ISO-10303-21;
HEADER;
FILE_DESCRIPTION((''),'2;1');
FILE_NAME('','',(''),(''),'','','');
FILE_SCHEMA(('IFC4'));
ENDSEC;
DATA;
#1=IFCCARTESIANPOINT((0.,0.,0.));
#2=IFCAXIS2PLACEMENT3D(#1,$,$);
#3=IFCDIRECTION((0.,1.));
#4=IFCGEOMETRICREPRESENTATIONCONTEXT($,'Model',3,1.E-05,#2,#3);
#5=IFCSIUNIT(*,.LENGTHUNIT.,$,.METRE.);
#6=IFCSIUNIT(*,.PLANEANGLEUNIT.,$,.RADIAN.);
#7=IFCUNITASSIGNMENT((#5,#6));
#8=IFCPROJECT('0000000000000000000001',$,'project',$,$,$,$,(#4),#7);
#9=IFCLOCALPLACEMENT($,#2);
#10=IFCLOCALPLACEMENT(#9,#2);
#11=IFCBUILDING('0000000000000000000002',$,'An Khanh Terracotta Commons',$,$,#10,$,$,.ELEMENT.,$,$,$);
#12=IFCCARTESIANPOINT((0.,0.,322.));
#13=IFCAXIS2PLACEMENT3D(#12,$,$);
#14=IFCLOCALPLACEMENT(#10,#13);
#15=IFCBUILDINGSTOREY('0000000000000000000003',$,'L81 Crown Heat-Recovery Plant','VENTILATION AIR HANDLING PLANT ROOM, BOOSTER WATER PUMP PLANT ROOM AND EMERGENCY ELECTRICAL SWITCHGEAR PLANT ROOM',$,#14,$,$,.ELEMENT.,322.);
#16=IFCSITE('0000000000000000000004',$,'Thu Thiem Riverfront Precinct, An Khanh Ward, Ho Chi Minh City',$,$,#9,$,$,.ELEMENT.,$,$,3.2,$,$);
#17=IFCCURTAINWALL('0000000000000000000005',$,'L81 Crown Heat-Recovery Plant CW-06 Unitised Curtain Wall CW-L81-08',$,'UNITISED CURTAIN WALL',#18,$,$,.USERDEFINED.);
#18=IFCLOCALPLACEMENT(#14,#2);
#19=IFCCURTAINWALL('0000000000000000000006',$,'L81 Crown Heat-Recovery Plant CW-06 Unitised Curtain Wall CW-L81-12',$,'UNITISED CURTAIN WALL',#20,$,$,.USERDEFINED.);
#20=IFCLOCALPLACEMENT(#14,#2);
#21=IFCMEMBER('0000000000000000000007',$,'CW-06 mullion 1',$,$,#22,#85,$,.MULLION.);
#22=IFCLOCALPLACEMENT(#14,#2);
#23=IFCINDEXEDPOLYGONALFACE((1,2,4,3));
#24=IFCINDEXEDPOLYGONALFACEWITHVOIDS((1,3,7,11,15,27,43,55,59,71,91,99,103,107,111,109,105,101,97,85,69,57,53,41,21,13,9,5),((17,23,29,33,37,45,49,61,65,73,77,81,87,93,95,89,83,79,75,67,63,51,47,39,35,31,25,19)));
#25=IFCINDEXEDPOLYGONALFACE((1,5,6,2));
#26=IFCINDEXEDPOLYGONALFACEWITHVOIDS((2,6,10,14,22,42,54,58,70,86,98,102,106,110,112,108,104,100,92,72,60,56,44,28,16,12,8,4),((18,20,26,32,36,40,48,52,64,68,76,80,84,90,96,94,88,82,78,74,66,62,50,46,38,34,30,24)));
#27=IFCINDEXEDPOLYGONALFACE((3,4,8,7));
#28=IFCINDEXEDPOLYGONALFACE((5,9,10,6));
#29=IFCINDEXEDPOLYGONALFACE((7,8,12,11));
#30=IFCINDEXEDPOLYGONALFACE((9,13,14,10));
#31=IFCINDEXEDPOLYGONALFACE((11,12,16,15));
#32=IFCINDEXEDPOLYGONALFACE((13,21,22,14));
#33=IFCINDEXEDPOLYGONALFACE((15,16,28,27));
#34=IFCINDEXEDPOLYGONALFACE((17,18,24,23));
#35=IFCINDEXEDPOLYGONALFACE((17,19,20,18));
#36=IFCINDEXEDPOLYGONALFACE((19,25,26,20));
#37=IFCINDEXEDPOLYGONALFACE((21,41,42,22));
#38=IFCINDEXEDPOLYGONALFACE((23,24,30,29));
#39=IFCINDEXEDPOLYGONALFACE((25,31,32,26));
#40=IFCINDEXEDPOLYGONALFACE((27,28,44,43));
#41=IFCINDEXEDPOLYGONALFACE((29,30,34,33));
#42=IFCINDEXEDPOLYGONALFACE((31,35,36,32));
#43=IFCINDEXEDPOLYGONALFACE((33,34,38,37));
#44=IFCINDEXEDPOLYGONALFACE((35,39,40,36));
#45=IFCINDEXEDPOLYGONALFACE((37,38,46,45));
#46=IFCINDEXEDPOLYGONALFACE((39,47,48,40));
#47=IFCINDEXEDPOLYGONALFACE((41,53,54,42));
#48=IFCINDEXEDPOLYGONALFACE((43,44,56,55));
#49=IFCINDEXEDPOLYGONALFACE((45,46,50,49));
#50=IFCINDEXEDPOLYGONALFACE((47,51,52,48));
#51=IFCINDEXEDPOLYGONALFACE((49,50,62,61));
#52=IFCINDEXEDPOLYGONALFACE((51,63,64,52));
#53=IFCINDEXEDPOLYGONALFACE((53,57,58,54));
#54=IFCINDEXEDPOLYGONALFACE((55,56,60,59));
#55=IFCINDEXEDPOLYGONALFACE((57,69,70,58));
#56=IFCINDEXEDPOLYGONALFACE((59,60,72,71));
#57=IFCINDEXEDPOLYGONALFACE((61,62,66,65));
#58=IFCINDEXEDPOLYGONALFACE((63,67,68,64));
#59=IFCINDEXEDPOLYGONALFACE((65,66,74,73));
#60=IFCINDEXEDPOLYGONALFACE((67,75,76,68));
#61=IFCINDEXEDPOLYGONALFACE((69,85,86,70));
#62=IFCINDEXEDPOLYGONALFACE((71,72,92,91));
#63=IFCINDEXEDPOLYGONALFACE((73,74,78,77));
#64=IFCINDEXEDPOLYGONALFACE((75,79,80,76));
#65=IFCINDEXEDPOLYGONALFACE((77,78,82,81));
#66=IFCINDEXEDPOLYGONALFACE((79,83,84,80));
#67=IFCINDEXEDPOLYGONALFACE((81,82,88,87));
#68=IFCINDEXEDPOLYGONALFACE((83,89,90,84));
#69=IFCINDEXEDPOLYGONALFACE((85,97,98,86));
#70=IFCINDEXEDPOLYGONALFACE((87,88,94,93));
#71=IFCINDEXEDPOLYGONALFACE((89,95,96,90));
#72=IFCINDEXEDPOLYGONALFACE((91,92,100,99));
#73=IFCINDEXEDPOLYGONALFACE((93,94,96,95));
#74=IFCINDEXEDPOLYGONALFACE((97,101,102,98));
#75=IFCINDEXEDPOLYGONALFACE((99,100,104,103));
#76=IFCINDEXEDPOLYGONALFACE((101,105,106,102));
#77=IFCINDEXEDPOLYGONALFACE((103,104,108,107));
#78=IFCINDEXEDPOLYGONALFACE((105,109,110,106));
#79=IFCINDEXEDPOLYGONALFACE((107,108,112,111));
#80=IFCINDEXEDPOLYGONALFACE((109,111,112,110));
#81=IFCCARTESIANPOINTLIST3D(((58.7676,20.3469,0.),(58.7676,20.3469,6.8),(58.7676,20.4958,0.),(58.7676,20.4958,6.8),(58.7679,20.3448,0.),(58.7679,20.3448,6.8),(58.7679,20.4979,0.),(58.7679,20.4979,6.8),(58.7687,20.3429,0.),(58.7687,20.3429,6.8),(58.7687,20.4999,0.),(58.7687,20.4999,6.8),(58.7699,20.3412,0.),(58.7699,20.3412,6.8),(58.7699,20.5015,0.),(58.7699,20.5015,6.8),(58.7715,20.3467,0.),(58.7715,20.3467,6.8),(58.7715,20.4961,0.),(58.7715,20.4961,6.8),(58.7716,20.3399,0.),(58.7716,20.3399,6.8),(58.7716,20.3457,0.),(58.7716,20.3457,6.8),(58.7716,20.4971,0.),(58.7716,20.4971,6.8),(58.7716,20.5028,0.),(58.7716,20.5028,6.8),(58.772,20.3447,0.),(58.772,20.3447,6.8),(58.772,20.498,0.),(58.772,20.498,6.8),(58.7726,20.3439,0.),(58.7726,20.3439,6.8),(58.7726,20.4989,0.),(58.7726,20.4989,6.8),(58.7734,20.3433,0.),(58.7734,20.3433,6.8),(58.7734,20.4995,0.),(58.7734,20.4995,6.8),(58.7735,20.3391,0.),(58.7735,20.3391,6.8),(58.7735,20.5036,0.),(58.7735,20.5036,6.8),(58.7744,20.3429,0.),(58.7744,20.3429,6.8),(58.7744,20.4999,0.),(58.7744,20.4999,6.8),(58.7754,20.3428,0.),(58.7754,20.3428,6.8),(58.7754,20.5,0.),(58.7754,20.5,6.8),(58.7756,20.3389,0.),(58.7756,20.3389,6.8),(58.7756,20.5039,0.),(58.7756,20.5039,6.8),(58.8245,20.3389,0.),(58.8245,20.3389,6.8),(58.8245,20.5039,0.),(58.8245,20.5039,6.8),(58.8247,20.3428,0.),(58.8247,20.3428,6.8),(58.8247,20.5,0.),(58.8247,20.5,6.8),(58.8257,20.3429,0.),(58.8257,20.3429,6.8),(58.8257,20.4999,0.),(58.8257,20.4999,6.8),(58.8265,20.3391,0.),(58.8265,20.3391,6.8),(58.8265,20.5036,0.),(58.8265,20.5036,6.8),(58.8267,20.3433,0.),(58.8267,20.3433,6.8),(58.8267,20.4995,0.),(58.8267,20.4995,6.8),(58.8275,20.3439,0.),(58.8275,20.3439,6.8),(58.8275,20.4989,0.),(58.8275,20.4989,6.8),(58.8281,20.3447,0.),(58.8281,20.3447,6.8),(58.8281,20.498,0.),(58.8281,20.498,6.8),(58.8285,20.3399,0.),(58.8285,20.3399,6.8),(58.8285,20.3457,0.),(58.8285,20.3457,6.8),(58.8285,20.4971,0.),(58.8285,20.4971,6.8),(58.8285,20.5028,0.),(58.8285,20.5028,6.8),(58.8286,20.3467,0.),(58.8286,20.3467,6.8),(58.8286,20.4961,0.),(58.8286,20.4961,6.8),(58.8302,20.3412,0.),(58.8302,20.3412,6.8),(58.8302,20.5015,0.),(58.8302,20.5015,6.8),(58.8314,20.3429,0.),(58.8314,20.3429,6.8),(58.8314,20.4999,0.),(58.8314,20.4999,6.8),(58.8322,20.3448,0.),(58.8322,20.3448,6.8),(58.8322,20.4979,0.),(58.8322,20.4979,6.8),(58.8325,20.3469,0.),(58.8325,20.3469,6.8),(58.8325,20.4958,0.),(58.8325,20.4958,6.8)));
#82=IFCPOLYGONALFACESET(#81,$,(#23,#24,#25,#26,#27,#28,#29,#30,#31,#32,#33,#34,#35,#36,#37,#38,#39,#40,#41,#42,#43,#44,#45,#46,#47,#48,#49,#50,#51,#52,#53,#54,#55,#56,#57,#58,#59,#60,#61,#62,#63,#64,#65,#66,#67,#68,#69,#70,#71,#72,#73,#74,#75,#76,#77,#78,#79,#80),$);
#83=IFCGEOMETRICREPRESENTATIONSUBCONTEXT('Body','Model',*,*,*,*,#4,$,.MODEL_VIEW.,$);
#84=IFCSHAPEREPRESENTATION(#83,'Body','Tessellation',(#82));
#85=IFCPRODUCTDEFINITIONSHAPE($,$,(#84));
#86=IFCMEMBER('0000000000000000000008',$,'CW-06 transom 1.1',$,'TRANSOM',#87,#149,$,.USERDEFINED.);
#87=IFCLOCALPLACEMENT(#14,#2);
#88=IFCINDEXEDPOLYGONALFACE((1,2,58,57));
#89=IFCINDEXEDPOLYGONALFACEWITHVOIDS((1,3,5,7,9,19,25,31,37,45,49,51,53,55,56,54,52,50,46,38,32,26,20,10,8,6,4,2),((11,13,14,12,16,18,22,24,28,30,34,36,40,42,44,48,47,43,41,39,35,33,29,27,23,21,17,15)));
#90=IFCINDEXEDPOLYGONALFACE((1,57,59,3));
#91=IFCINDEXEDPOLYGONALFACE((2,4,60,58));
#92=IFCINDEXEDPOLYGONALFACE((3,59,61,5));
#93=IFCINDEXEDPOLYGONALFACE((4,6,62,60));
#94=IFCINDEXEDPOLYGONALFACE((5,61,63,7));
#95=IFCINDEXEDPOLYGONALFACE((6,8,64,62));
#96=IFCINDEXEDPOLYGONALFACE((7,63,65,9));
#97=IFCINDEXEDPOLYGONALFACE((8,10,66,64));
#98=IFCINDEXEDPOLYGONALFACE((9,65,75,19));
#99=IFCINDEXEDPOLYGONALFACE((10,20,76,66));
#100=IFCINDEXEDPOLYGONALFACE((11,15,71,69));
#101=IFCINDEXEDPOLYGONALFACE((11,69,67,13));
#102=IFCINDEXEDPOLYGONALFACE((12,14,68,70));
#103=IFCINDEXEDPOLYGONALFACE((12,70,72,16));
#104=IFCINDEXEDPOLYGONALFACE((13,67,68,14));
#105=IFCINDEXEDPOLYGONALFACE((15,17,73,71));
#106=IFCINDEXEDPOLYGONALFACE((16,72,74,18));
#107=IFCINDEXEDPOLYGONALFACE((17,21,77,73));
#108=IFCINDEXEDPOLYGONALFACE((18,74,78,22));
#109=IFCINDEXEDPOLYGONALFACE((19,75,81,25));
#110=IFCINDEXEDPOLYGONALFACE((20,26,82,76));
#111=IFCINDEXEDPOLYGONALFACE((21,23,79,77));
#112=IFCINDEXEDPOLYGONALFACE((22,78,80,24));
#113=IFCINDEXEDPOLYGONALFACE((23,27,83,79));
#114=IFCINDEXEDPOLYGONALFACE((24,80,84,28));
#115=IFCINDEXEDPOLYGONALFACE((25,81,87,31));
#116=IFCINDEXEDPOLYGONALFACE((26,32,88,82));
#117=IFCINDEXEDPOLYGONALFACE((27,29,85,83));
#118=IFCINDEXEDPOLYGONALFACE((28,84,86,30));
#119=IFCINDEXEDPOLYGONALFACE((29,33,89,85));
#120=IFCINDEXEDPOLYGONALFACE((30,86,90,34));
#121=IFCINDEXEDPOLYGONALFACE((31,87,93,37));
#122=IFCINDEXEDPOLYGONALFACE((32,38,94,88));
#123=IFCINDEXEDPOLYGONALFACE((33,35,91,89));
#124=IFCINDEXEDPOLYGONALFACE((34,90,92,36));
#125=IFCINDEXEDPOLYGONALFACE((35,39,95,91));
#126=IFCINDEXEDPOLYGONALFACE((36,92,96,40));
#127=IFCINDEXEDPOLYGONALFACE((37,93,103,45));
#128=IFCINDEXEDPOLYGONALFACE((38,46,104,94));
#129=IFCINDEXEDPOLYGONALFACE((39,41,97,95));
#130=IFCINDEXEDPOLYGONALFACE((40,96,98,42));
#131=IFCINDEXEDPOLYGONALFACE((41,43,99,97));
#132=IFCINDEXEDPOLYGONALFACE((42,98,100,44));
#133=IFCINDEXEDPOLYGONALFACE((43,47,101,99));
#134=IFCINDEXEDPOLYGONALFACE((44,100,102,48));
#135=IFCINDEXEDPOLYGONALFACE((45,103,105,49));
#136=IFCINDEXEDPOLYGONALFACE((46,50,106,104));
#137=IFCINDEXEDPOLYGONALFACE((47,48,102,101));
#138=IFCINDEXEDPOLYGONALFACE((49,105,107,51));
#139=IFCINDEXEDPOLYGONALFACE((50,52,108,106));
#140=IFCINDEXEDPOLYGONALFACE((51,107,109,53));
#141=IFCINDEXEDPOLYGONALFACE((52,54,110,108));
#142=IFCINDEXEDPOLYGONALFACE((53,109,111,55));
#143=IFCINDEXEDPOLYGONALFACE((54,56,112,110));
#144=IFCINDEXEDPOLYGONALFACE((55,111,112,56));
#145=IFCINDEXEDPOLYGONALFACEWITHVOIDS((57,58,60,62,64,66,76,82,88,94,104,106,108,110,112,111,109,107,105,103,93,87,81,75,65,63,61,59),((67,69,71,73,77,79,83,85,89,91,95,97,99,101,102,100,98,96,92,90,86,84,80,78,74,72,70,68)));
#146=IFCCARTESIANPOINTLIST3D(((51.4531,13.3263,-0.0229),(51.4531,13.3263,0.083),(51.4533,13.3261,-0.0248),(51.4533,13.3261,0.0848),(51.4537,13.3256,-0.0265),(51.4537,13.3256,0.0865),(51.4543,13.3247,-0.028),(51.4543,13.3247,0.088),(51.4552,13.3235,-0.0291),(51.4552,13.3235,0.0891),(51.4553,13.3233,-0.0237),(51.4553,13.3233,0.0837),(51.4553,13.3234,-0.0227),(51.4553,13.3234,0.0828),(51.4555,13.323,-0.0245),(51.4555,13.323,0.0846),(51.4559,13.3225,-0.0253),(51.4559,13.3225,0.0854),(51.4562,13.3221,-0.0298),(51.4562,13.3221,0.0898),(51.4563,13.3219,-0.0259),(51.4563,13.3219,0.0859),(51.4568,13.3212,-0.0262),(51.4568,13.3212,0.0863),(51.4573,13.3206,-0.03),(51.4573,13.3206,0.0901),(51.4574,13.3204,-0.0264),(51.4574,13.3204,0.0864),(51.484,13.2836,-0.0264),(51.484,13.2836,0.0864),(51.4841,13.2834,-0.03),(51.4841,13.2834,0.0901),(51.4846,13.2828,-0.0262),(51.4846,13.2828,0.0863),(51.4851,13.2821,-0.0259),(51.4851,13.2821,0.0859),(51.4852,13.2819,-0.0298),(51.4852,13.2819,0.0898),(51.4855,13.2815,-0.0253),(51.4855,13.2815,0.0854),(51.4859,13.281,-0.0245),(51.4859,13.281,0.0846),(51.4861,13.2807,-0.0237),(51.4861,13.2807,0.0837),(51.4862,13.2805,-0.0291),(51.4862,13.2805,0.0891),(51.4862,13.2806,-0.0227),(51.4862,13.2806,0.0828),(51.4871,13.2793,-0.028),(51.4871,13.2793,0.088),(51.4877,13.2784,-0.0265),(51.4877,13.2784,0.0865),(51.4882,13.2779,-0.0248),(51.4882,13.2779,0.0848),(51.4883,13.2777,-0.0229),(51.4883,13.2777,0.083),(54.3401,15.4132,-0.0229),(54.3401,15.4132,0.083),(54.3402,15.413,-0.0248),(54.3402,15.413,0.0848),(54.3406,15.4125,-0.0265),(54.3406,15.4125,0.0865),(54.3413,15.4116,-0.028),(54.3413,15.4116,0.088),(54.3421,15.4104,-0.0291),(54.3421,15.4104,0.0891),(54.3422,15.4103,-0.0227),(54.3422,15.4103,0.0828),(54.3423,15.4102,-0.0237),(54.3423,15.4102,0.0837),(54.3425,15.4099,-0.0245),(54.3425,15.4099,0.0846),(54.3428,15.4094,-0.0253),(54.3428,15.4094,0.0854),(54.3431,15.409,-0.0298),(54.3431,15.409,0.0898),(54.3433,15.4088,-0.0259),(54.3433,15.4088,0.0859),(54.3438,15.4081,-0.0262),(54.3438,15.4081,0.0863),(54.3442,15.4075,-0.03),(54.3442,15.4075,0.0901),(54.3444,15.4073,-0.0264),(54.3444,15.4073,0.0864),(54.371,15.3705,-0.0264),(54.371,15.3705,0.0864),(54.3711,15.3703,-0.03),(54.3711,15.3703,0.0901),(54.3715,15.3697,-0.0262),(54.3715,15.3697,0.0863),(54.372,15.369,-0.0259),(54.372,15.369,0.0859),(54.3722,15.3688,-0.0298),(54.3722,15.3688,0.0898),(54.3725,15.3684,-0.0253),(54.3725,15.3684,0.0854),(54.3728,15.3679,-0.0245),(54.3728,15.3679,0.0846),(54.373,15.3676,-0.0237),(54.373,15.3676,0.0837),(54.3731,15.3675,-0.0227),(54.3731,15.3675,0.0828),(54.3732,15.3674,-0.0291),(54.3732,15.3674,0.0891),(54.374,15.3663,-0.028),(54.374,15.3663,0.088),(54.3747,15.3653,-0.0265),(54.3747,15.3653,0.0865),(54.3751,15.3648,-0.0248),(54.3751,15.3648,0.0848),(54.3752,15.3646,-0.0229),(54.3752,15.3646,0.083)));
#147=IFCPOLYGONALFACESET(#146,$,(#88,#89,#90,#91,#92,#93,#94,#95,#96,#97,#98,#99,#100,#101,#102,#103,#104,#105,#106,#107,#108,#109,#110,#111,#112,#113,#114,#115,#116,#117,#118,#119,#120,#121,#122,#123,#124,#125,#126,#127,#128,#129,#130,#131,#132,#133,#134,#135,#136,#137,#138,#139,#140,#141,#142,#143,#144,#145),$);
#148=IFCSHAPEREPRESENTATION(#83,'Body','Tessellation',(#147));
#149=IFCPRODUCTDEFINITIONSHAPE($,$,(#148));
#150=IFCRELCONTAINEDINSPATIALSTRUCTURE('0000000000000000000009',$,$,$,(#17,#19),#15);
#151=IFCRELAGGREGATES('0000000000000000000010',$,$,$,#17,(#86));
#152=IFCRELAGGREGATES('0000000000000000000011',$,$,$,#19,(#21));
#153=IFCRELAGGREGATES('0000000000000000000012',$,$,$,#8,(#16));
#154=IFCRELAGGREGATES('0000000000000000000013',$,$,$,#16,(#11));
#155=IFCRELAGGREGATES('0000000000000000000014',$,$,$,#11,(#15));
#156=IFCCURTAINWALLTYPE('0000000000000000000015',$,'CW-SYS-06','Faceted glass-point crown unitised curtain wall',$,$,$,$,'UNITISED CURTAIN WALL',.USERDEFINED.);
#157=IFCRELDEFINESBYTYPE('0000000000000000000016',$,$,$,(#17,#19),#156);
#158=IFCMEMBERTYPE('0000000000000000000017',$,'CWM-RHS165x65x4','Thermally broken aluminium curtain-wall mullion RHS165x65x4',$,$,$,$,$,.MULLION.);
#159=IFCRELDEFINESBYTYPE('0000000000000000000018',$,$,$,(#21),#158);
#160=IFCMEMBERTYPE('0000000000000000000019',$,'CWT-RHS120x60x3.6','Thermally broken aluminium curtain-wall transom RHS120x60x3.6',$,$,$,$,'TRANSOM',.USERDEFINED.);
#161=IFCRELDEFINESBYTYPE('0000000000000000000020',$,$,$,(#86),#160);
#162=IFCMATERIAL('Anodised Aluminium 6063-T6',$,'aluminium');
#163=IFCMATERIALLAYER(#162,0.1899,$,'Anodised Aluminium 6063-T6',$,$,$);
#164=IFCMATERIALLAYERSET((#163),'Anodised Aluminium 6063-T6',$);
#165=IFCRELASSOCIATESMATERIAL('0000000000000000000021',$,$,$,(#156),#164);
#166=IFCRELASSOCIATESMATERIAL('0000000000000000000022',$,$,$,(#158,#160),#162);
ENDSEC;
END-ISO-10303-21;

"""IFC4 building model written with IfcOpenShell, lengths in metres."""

from ifc_helpers import new_model, si_unit, direction, frame, origin, origin_2d, place, context, subcontext, project, spatial, hollow_rectangle, extrude, material, layer, layer_set, material_profile, profile_set, type_object, element, aggregate, save


model = new_model("IFC4")

# Units and contexts
model_context = context("Model", 3, precision=1e-05, world=origin(), true_north=direction((0.0, 1.0)))
body_context = subcontext(model_context, "Body", "Model", "MODEL_VIEW")
ifc_project = project(units=[si_unit("LENGTHUNIT", "METRE"), si_unit("PLANEANGLEUNIT", "RADIAN")], contexts=[model_context])

# Site, building, storey
site_placement = place(None, origin())
site = spatial("IfcSite", under=ifc_project, at=site_placement, Name="Thu Thiem Riverfront Precinct, An Khanh Ward, Ho Chi Minh City", CompositionType="ELEMENT", RefElevation=3.2)
building_placement = place(site_placement, origin())
building = spatial("IfcBuilding", under=site, at=building_placement, Name="An Khanh Terracotta Commons", CompositionType="ELEMENT")
storey_placement = place(building_placement, frame((0.0, 0.0, 322.0)))
storey = spatial("IfcBuildingStorey", under=building, at=storey_placement, Name="L81 Crown Heat-Recovery Plant", Description="VENTILATION AIR HANDLING PLANT ROOM, BOOSTER WATER PUMP PLANT ROOM AND EMERGENCY ELECTRICAL SWITCHGEAR PLANT ROOM", CompositionType="ELEMENT", Elevation=322.0)

# Shared definitions
ifc_material_1 = material(Name="Anodised Aluminium 6063-T6", Category="aluminium")
ifc_layer_1 = layer(ifc_material_1, 0.1899, Name="Anodised Aluminium 6063-T6")
ifc_layer_set_1 = layer_set([ifc_layer_1], Name="Anodised Aluminium 6063-T6")
curtain_wall_type = type_object("IfcCurtainWallType", Name="CW-SYS-06", Description="Faceted glass-point crown unitised curtain wall", ElementType="UNITISED CURTAIN WALL", PredefinedType="USERDEFINED", material=ifc_layer_set_1)
ifc_material_profile_1 = material_profile(ifc_material_1, hollow_rectangle(XDim=0.0649, YDim=0.165, WallThickness=0.0039, InnerFilletRadius=0.0039, OuterFilletRadius=0.0081, at=origin_2d()), Name="RHS165x65x4")
ifc_profile_set_1 = profile_set([ifc_material_profile_1], Name="Anodised Aluminium 6063-T6")
member_type_1 = type_object("IfcMemberType", Name="CWM-RHS165x65x4", Description="Thermally broken aluminium curtain-wall mullion RHS165x65x4", PredefinedType="MULLION", material=ifc_profile_set_1)

# Curtain wall
curtain_wall_1_placement = place(storey_placement, origin())
curtain_wall_1 = element("IfcCurtainWall", 1, at=curtain_wall_1_placement, inside=storey, type_object=curtain_wall_type, Name="L81 Crown Heat-Recovery Plant CW-06 Unitised Curtain Wall CW-L81-08", ObjectType="UNITISED CURTAIN WALL", PredefinedType="USERDEFINED")

# Curtain wall, member
curtain_wall_2_placement = place(storey_placement, origin())
curtain_wall_2 = element("IfcCurtainWall", 2, at=curtain_wall_2_placement, inside=storey, type_object=curtain_wall_type, Name="L81 Crown Heat-Recovery Plant CW-06 Unitised Curtain Wall CW-L81-12", ObjectType="UNITISED CURTAIN WALL", PredefinedType="USERDEFINED")
member_1_placement = place(storey_placement, frame((58.8, 20.4214, 0.0), z_axis=(0.0, 0.0, 1.0), x_axis=(-1.0, 0.0, 0.0)))
member_1 = element("IfcMember", 3, at=member_1_placement, type_object=member_type_1, Name="CW-06 mullion 1", PredefinedType="MULLION", context=body_context, shape_type="SweptSolid", body=[
    extrude(hollow_rectangle(XDim=0.0649, YDim=0.165, WallThickness=0.0039, InnerFilletRadius=0.0039, OuterFilletRadius=0.0081, at=origin_2d()), origin(), (0.0, 0.0, 1.0), 6.8),
])

# Member
ifc_material_profile_2 = material_profile(ifc_material_1, hollow_rectangle(XDim=0.0601, YDim=0.1201, WallThickness=0.0037, InnerFilletRadius=0.0037, OuterFilletRadius=0.0071, at=origin_2d()), Name="RHS120x60x3.6")
ifc_profile_set_2 = profile_set([ifc_material_profile_2], Name="Anodised Aluminium 6063-T6")
member_type_2 = type_object("IfcMemberType", Name="CWT-RHS120x60x3.6", Description="Thermally broken aluminium curtain-wall transom RHS120x60x3.6", ElementType="TRANSOM", PredefinedType="USERDEFINED", material=ifc_profile_set_2)
member_2_placement = place(storey_placement, frame((51.4707, 13.302, 0.03), z_axis=(0.810428, 0.585838, 0.0), x_axis=(-0.585838, 0.810428, 0.0)))
member_2 = element("IfcMember", 4, at=member_2_placement, type_object=member_type_2, Name="CW-06 transom 1.1", ObjectType="TRANSOM", PredefinedType="USERDEFINED", context=body_context, shape_type="SweptSolid", body=[
    extrude(hollow_rectangle(XDim=0.0601, YDim=0.1201, WallThickness=0.0037, InnerFilletRadius=0.0037, OuterFilletRadius=0.0071, at=origin_2d()), origin(), (0.0, 0.0, 1.0), 3.5623),
])

aggregate(curtain_wall_1, [member_2])
aggregate(curtain_wall_2, [member_1])

save(model, "model.ifc")
